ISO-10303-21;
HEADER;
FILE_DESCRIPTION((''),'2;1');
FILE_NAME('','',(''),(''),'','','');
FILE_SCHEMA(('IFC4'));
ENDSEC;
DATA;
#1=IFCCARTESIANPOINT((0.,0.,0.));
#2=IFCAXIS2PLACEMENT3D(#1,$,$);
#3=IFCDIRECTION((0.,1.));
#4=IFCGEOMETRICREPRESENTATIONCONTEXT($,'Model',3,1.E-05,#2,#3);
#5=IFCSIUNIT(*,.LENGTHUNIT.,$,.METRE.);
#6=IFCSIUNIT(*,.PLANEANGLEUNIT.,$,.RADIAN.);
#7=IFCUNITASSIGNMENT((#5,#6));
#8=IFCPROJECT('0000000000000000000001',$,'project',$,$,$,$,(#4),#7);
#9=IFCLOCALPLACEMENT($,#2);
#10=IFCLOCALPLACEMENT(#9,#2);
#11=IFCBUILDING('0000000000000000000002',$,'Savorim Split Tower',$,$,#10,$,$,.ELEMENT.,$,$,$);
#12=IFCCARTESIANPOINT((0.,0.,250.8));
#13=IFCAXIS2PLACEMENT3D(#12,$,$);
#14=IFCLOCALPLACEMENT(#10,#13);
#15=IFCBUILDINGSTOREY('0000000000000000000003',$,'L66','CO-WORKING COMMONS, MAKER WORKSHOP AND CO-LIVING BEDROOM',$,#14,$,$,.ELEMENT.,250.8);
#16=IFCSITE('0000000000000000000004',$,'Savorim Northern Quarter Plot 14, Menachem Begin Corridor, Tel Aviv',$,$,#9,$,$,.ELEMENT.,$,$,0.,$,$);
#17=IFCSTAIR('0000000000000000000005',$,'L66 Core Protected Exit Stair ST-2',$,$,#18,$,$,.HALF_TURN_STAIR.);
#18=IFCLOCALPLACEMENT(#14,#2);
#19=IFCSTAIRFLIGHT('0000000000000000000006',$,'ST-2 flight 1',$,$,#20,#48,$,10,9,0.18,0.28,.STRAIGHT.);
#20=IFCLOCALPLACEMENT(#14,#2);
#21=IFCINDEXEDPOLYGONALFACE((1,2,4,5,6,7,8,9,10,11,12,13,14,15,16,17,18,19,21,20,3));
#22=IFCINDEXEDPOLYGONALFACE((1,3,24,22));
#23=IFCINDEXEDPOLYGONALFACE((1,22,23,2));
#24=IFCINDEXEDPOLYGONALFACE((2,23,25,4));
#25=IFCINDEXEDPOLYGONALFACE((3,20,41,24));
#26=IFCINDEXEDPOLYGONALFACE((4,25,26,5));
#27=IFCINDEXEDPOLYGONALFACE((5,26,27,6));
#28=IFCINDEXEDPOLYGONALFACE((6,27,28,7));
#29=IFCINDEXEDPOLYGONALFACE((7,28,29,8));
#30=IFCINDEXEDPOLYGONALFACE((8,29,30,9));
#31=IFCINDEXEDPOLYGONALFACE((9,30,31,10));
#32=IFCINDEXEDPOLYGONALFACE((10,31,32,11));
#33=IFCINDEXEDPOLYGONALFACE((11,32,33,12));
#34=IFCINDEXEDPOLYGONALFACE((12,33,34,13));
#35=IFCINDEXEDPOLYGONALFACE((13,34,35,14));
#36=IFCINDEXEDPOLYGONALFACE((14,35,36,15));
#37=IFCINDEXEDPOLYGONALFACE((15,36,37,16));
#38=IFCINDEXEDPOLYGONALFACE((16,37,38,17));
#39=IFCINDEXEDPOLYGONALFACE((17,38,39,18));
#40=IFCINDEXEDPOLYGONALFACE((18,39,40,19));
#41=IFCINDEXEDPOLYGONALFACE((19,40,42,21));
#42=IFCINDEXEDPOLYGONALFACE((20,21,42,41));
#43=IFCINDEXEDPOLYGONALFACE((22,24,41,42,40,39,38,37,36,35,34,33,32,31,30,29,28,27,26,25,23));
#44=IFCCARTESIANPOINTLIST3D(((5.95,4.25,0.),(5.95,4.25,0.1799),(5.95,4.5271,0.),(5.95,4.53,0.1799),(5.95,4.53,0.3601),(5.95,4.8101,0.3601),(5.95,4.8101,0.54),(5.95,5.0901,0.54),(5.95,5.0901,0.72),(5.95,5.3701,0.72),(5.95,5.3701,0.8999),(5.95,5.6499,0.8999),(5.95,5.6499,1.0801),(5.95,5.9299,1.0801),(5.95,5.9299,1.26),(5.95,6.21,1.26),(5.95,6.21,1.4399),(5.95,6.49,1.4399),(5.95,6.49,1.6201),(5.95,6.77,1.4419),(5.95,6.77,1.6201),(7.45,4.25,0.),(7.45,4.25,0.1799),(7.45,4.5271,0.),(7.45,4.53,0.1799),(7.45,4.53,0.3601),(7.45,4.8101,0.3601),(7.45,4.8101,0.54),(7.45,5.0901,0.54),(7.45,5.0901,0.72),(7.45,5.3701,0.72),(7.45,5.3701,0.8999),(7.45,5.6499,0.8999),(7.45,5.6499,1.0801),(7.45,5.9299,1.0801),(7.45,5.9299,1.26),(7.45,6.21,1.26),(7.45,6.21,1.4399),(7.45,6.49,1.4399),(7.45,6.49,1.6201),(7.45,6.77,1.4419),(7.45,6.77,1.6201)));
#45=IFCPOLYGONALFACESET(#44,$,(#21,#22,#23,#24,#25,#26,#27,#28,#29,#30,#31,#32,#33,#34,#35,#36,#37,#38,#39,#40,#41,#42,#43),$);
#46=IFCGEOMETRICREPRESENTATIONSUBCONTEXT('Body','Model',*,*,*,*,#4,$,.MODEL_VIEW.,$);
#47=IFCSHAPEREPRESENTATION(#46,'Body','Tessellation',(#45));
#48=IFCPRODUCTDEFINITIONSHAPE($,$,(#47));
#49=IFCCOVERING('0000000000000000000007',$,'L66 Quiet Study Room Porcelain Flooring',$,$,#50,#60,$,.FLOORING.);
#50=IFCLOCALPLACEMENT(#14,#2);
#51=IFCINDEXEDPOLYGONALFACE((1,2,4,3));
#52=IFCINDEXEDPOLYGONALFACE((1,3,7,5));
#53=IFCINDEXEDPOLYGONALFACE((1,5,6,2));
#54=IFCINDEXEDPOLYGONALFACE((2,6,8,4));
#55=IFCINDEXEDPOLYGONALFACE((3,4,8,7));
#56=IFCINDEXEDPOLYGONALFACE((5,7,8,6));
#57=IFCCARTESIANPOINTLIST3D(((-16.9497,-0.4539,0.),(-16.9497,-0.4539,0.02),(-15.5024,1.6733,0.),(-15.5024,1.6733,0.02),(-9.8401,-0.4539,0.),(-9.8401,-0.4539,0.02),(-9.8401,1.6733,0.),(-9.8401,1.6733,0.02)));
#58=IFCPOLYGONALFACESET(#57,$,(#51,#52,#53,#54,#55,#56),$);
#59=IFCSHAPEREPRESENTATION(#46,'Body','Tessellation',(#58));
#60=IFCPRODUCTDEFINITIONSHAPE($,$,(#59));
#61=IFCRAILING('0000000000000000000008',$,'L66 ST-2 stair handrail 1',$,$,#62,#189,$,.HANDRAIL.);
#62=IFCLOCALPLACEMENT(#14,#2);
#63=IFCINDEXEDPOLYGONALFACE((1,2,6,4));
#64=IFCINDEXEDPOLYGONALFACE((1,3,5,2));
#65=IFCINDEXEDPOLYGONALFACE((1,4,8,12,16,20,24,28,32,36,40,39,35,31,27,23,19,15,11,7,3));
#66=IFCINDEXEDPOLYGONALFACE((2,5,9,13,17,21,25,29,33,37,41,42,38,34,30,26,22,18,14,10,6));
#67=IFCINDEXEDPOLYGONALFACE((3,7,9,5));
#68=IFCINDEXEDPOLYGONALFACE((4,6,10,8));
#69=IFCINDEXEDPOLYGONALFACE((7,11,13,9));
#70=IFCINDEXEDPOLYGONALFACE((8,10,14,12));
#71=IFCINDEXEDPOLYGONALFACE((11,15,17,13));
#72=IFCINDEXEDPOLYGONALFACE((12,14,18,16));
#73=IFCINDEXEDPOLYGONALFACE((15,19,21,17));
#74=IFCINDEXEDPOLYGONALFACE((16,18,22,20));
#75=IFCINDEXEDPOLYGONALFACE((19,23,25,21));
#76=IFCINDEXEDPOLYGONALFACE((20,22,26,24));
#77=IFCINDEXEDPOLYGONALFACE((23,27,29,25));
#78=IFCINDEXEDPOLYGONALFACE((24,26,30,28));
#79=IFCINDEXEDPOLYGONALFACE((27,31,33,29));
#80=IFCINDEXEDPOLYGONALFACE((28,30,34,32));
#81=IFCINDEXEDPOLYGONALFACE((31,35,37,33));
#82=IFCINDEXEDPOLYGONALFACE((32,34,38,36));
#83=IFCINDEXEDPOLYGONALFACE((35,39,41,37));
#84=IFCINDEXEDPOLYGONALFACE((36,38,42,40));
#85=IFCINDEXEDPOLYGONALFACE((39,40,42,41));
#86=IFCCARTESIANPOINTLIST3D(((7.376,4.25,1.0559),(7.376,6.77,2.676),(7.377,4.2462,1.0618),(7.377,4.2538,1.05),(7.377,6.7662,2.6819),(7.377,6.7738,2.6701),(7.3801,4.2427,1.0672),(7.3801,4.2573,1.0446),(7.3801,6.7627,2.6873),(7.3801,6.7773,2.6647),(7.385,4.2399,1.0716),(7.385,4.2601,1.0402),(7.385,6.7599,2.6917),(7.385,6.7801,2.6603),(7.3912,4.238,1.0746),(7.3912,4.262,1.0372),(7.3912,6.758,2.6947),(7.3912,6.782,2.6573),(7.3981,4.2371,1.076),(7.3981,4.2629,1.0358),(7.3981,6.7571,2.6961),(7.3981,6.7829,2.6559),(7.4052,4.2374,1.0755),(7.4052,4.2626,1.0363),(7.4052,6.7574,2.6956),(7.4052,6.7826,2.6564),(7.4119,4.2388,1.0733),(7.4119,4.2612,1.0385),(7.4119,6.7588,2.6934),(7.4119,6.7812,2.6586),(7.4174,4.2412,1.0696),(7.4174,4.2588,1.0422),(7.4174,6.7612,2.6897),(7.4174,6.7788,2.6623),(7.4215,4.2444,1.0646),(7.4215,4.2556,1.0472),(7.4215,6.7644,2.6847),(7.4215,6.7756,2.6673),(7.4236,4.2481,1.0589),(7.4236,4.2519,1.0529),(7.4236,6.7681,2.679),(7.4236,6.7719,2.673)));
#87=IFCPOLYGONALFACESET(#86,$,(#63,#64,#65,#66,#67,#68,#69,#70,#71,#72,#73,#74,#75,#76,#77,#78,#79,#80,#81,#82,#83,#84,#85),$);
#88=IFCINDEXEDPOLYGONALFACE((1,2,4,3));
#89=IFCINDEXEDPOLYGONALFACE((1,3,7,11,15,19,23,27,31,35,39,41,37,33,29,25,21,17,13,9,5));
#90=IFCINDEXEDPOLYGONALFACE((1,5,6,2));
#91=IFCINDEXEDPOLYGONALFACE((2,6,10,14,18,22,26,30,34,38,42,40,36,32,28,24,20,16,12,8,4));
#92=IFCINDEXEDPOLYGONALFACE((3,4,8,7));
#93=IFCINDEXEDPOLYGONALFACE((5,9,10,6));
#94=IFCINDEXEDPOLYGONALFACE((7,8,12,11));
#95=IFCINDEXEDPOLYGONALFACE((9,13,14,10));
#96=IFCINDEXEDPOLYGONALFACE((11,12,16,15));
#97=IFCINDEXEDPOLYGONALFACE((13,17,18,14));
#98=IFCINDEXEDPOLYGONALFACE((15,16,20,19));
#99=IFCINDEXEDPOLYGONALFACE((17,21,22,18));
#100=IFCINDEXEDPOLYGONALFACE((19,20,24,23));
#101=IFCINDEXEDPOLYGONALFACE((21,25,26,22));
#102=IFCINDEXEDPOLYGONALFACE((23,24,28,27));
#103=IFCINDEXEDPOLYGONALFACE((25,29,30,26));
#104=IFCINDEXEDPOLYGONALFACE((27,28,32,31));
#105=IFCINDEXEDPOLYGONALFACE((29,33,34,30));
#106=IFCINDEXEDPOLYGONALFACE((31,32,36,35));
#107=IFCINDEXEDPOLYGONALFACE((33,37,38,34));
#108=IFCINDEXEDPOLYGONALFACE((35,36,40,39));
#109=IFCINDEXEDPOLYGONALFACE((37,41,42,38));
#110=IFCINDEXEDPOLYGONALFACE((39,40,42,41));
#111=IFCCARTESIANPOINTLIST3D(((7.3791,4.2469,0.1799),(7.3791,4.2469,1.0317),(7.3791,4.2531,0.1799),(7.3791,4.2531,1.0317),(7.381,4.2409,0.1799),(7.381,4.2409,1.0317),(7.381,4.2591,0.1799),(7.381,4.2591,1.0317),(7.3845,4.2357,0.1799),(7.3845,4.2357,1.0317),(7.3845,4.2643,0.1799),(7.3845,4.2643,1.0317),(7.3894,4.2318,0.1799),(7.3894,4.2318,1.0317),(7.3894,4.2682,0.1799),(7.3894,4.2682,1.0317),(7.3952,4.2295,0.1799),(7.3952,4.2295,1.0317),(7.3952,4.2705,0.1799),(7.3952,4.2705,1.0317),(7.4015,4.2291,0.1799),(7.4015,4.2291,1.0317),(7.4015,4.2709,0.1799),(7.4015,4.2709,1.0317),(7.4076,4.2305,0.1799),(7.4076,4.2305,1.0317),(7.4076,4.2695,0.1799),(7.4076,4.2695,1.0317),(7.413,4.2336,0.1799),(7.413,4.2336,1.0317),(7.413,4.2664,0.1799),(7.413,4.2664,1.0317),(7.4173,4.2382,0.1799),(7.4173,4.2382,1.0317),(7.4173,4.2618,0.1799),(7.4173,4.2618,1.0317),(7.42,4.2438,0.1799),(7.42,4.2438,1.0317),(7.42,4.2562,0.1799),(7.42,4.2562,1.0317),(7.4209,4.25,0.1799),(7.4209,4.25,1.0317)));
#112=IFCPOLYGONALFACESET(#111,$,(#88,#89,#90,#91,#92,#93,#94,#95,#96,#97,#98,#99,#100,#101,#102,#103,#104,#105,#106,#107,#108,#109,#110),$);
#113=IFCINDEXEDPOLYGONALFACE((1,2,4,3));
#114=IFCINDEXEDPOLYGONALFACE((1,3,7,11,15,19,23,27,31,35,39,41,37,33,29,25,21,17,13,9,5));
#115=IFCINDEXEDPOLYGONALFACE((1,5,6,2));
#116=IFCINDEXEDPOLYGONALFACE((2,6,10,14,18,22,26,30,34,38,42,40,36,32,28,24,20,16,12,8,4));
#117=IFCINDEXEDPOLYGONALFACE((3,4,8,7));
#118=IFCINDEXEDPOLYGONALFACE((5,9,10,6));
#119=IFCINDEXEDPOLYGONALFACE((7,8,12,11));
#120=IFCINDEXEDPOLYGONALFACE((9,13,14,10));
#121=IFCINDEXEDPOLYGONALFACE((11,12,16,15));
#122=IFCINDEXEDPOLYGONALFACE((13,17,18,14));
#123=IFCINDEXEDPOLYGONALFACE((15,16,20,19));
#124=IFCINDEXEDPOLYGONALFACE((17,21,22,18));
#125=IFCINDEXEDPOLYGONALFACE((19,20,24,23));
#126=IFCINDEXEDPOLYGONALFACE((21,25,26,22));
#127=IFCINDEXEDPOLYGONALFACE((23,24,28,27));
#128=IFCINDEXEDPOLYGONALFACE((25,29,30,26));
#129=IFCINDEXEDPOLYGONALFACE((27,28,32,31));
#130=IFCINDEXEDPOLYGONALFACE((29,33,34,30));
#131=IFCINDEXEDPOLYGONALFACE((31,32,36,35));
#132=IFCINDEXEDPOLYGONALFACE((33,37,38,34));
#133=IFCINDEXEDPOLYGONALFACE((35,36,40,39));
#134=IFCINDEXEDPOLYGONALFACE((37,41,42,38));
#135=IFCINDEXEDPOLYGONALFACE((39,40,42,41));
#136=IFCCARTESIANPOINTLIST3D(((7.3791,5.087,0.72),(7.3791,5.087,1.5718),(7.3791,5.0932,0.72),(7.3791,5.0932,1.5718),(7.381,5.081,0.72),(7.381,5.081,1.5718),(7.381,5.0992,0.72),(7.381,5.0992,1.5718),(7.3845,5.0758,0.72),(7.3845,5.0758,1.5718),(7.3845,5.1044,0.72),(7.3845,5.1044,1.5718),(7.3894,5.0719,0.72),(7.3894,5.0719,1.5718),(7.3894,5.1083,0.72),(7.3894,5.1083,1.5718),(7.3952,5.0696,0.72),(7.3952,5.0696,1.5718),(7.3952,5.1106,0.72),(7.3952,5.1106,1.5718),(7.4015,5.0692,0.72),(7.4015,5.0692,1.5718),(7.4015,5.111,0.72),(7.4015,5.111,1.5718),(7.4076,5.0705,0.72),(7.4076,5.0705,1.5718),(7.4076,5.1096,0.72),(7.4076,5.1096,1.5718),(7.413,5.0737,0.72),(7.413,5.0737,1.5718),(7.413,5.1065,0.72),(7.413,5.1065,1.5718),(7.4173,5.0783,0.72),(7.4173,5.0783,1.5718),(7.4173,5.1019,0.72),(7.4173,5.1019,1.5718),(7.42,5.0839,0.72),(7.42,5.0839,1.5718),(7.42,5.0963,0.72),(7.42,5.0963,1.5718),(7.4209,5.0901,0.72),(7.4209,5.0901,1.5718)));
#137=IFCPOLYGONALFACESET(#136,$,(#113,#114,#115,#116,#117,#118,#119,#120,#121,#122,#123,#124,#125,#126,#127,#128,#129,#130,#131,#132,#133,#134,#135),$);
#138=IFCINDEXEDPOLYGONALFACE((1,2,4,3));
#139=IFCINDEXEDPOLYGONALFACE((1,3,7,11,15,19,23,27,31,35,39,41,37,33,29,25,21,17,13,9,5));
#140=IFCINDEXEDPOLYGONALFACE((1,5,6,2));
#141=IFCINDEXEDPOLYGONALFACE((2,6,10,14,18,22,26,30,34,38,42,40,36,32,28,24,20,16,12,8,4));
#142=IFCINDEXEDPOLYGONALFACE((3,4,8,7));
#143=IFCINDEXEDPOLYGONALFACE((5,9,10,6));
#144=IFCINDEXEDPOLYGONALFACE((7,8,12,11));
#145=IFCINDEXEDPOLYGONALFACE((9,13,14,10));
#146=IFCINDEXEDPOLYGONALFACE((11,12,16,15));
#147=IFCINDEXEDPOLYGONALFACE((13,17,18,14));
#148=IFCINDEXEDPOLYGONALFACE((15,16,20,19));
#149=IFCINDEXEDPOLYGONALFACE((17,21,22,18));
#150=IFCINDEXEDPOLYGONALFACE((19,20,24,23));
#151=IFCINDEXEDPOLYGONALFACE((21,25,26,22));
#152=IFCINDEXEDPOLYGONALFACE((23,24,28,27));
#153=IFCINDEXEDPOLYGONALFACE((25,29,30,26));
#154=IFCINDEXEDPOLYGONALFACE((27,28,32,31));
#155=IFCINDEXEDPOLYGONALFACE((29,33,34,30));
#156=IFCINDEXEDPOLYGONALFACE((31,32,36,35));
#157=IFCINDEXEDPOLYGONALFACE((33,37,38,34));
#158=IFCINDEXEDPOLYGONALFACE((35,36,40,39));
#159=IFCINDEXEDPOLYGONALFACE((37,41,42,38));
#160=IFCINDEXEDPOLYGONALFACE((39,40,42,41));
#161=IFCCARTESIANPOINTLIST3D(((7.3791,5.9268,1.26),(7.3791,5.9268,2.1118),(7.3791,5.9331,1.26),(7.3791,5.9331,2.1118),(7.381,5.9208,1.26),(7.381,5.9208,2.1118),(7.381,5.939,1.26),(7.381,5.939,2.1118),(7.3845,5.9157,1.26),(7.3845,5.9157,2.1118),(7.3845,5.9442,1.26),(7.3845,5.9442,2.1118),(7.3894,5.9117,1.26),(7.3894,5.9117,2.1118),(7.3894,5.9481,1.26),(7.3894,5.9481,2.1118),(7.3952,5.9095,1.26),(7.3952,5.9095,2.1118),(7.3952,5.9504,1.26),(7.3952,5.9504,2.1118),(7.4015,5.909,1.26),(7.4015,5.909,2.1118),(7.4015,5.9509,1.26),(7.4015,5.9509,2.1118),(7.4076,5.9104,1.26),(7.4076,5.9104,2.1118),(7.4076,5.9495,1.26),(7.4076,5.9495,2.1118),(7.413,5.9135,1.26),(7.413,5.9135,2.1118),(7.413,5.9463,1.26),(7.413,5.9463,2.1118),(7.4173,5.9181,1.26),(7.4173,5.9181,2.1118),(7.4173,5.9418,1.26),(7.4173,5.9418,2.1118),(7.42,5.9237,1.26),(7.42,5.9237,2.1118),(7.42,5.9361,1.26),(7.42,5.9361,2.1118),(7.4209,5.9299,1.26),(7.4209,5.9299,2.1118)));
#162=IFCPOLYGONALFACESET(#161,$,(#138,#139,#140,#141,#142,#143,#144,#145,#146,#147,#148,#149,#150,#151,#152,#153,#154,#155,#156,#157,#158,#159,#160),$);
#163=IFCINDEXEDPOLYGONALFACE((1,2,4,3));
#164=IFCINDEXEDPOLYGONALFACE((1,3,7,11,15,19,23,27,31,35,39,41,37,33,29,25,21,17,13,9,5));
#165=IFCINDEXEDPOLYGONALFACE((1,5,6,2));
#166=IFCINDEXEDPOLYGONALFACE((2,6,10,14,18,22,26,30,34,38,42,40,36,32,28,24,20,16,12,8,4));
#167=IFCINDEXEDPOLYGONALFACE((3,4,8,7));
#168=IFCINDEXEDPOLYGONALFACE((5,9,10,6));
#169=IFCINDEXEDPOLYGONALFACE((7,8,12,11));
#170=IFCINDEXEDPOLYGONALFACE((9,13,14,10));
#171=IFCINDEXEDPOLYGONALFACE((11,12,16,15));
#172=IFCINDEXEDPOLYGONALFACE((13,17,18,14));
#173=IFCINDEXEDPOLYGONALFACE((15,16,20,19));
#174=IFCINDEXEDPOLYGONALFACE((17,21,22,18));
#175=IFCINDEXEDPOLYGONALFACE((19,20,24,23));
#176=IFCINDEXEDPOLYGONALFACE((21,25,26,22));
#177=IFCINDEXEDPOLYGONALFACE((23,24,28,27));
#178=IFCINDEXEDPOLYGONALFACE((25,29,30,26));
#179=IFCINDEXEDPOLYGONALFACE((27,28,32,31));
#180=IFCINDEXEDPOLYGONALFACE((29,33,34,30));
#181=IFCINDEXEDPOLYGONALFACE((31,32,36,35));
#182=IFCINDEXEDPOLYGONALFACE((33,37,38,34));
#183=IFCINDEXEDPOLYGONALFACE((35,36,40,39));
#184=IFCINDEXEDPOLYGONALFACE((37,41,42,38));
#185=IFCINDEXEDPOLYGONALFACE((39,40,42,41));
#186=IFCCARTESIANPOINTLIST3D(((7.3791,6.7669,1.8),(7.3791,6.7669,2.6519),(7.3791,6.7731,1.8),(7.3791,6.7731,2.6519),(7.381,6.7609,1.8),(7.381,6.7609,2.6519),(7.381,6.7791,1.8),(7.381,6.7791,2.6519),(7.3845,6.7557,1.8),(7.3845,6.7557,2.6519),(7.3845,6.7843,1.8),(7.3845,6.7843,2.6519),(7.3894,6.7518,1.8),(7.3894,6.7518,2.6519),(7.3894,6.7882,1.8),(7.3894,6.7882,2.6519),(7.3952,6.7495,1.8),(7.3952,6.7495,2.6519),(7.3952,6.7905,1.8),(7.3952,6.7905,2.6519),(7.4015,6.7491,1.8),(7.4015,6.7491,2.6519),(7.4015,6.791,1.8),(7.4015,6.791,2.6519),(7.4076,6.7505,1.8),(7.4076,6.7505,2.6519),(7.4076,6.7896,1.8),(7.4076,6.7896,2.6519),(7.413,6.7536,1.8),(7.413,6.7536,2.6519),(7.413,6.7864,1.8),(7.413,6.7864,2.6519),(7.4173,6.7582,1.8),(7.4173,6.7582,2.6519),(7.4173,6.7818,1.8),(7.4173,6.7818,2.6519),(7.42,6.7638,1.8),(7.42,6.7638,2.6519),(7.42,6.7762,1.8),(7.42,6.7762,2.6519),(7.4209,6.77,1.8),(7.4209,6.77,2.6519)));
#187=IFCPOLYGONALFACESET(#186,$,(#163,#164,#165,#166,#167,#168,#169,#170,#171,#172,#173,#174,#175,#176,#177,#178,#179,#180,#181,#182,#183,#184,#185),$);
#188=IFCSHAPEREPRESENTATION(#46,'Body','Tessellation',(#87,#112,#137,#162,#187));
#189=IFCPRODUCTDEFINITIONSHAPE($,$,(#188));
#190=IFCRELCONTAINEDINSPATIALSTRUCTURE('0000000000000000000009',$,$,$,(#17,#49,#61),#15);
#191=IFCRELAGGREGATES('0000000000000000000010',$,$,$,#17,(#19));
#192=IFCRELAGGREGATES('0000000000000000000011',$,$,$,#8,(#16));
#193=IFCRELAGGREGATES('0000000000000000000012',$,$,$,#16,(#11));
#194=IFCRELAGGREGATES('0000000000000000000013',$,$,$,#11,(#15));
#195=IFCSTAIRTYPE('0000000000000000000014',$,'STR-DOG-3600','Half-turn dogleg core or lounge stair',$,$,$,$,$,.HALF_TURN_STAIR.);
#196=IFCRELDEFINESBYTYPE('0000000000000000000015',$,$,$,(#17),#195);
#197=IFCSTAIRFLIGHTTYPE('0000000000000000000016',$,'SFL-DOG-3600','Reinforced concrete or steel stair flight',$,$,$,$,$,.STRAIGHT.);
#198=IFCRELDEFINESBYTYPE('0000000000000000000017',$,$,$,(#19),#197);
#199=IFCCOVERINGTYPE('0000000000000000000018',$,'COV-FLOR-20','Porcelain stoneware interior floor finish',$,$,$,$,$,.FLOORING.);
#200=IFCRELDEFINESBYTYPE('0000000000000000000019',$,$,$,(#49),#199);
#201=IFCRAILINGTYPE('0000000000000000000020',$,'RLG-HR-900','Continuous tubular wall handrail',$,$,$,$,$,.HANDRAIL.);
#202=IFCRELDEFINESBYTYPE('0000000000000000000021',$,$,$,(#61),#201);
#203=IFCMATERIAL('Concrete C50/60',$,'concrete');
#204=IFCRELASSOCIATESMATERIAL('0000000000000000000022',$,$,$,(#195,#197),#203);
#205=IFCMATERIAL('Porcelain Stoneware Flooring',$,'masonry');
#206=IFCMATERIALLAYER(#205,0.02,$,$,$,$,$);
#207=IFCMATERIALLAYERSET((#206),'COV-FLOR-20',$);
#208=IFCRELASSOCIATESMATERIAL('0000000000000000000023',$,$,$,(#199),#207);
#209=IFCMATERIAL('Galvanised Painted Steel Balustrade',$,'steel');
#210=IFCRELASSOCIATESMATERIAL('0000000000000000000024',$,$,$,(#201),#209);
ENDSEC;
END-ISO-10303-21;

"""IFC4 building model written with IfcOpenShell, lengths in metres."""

from ifc_helpers import new_model, si_unit, direction, frame, origin, origin_2d, place, context, subcontext, project, spatial, polyline, circle, outline, extrude, material, layer, layer_set, type_object, element, aggregate, save


model = new_model("IFC4")

# Units and contexts
model_context = context("Model", 3, precision=1e-05, world=origin(), true_north=direction((0.0, 1.0)))
body_context = subcontext(model_context, "Body", "Model", "MODEL_VIEW")
ifc_project = project(units=[si_unit("LENGTHUNIT", "METRE"), si_unit("PLANEANGLEUNIT", "RADIAN")], contexts=[model_context])

# Site, building, storey
site_placement = place(None, origin())
site = spatial("IfcSite", under=ifc_project, at=site_placement, Name="Savorim Northern Quarter Plot 14, Menachem Begin Corridor, Tel Aviv", CompositionType="ELEMENT", RefElevation=0.0)
building_placement = place(site_placement, origin())
building = spatial("IfcBuilding", under=site, at=building_placement, Name="Savorim Split Tower", CompositionType="ELEMENT")
storey_placement = place(building_placement, frame((0.0, 0.0, 250.8)))
storey = spatial("IfcBuildingStorey", under=building, at=storey_placement, Name="L66", Description="CO-WORKING COMMONS, MAKER WORKSHOP AND CO-LIVING BEDROOM", CompositionType="ELEMENT", Elevation=250.8)

# Shared definitions
ifc_material_1 = material(Name="Concrete C50/60", Category="concrete")

# Stair, stair flight
stair_type = type_object("IfcStairType", Name="STR-DOG-3600", Description="Half-turn dogleg core or lounge stair", PredefinedType="HALF_TURN_STAIR", material=ifc_material_1)
stair_placement = place(storey_placement, origin())
stair = element("IfcStair", 1, at=stair_placement, inside=storey, type_object=stair_type, Name="L66 Core Protected Exit Stair ST-2", PredefinedType="HALF_TURN_STAIR")
stair_flight_type = type_object("IfcStairFlightType", Name="SFL-DOG-3600", Description="Reinforced concrete or steel stair flight", PredefinedType="STRAIGHT", material=ifc_material_1)
stair_flight_placement = place(storey_placement, frame((6.7, 4.25, 0.0), z_axis=(0.0, 0.0, 1.0), x_axis=(0.0, 1.0, 0.0)))
stair_flight = element("IfcStairFlight", 2, at=stair_flight_placement, type_object=stair_flight_type, Name="ST-2 flight 1", NumberOfRisers=10, NumberOfTreads=9, PredefinedType="STRAIGHT", RiserHeight=0.18, TreadLength=0.28, context=body_context, shape_type="SweptSolid", body=[
    extrude(outline(polyline([(0.0, 0.0), (0.0, 0.1799), (0.28, 0.1799), (0.28, 0.3601), (0.5601, 0.3601), (0.5601, 0.54), (0.8401, 0.54), (0.8401, 0.72), (1.1201, 0.72), (1.1201, 0.8999), (1.3999, 0.8999), (1.3999, 1.0801), (1.6799, 1.0801), (1.6799, 1.26), (1.96, 1.26), (1.96, 1.4399), (2.24, 1.4399), (2.24, 1.6201), (2.52, 1.6201), (2.52, 1.8), (2.52, 1.4419), (0.2771, 0.0), (0.0, 0.0)])), frame((0.0, 0.75, 0.0), z_axis=(0.0, -1.0, 0.0), x_axis=(1.0, 0.0, 0.0)), (0.0, 0.0, 1.0), 1.5),
])
aggregate(stair, [stair_flight])

# Covering
ifc_material_2 = material(Name="Porcelain Stoneware Flooring", Category="masonry")
ifc_layer_1 = layer(ifc_material_2, 0.02)
ifc_layer_set_1 = layer_set([ifc_layer_1], Name="COV-FLOR-20")
covering_type = type_object("IfcCoveringType", Name="COV-FLOR-20", Description="Porcelain stoneware interior floor finish", PredefinedType="FLOORING", material=ifc_layer_set_1)
covering_placement = place(storey_placement, origin())
element("IfcCovering", 3, at=covering_placement, inside=storey, type_object=covering_type, Name="L66 Quiet Study Room Porcelain Flooring", PredefinedType="FLOORING", context=body_context, shape_type="SweptSolid", body=[
    extrude(outline(polyline([(-15.5024, 1.6733), (-16.9497, -0.4539), (-9.8401, -0.4539), (-9.8401, 1.6733), (-15.5024, 1.6733)])), origin(), (0.0, 0.0, 1.0), 0.02),
])

# Railing
ifc_material_3 = material(Name="Galvanised Painted Steel Balustrade", Category="steel")
railing_type_1 = type_object("IfcRailingType", Name="RLG-HR-900", Description="Continuous tubular wall handrail", PredefinedType="HANDRAIL", material=ifc_material_3)
railing_1_placement = place(storey_placement, frame((7.3999, 4.25, 0.1799)))
element("IfcRailing", 4, at=railing_1_placement, inside=storey, type_object=railing_type_1, Name="L66 ST-2 stair handrail 1", PredefinedType="HANDRAIL", context=body_context, shape_type="SweptSolid", body=[
    extrude(circle(Radius=0.0239, at=origin_2d()), frame((0.0, 0.0, 0.876), z_axis=(0.0, 0.841163, 0.540782), x_axis=(-1.0, 0.0, 0.0)), (0.0, 0.0, 1.0), 2.9958),
    extrude(circle(Radius=0.021, at=origin_2d()), origin(), (0.0, 0.0, 1.0), 0.8518),
    extrude(circle(Radius=0.021, at=origin_2d()), frame((0.0, 0.8401, 0.54)), (0.0, 0.0, 1.0), 0.8518),
    extrude(circle(Radius=0.021, at=origin_2d()), frame((0.0, 1.6799, 1.0801)), (0.0, 0.0, 1.0), 0.8518),
    extrude(circle(Radius=0.021, at=origin_2d()), frame((0.0, 2.52, 1.6201)), (0.0, 0.0, 1.0), 0.8518),
])

save(model, "model.ifc")
